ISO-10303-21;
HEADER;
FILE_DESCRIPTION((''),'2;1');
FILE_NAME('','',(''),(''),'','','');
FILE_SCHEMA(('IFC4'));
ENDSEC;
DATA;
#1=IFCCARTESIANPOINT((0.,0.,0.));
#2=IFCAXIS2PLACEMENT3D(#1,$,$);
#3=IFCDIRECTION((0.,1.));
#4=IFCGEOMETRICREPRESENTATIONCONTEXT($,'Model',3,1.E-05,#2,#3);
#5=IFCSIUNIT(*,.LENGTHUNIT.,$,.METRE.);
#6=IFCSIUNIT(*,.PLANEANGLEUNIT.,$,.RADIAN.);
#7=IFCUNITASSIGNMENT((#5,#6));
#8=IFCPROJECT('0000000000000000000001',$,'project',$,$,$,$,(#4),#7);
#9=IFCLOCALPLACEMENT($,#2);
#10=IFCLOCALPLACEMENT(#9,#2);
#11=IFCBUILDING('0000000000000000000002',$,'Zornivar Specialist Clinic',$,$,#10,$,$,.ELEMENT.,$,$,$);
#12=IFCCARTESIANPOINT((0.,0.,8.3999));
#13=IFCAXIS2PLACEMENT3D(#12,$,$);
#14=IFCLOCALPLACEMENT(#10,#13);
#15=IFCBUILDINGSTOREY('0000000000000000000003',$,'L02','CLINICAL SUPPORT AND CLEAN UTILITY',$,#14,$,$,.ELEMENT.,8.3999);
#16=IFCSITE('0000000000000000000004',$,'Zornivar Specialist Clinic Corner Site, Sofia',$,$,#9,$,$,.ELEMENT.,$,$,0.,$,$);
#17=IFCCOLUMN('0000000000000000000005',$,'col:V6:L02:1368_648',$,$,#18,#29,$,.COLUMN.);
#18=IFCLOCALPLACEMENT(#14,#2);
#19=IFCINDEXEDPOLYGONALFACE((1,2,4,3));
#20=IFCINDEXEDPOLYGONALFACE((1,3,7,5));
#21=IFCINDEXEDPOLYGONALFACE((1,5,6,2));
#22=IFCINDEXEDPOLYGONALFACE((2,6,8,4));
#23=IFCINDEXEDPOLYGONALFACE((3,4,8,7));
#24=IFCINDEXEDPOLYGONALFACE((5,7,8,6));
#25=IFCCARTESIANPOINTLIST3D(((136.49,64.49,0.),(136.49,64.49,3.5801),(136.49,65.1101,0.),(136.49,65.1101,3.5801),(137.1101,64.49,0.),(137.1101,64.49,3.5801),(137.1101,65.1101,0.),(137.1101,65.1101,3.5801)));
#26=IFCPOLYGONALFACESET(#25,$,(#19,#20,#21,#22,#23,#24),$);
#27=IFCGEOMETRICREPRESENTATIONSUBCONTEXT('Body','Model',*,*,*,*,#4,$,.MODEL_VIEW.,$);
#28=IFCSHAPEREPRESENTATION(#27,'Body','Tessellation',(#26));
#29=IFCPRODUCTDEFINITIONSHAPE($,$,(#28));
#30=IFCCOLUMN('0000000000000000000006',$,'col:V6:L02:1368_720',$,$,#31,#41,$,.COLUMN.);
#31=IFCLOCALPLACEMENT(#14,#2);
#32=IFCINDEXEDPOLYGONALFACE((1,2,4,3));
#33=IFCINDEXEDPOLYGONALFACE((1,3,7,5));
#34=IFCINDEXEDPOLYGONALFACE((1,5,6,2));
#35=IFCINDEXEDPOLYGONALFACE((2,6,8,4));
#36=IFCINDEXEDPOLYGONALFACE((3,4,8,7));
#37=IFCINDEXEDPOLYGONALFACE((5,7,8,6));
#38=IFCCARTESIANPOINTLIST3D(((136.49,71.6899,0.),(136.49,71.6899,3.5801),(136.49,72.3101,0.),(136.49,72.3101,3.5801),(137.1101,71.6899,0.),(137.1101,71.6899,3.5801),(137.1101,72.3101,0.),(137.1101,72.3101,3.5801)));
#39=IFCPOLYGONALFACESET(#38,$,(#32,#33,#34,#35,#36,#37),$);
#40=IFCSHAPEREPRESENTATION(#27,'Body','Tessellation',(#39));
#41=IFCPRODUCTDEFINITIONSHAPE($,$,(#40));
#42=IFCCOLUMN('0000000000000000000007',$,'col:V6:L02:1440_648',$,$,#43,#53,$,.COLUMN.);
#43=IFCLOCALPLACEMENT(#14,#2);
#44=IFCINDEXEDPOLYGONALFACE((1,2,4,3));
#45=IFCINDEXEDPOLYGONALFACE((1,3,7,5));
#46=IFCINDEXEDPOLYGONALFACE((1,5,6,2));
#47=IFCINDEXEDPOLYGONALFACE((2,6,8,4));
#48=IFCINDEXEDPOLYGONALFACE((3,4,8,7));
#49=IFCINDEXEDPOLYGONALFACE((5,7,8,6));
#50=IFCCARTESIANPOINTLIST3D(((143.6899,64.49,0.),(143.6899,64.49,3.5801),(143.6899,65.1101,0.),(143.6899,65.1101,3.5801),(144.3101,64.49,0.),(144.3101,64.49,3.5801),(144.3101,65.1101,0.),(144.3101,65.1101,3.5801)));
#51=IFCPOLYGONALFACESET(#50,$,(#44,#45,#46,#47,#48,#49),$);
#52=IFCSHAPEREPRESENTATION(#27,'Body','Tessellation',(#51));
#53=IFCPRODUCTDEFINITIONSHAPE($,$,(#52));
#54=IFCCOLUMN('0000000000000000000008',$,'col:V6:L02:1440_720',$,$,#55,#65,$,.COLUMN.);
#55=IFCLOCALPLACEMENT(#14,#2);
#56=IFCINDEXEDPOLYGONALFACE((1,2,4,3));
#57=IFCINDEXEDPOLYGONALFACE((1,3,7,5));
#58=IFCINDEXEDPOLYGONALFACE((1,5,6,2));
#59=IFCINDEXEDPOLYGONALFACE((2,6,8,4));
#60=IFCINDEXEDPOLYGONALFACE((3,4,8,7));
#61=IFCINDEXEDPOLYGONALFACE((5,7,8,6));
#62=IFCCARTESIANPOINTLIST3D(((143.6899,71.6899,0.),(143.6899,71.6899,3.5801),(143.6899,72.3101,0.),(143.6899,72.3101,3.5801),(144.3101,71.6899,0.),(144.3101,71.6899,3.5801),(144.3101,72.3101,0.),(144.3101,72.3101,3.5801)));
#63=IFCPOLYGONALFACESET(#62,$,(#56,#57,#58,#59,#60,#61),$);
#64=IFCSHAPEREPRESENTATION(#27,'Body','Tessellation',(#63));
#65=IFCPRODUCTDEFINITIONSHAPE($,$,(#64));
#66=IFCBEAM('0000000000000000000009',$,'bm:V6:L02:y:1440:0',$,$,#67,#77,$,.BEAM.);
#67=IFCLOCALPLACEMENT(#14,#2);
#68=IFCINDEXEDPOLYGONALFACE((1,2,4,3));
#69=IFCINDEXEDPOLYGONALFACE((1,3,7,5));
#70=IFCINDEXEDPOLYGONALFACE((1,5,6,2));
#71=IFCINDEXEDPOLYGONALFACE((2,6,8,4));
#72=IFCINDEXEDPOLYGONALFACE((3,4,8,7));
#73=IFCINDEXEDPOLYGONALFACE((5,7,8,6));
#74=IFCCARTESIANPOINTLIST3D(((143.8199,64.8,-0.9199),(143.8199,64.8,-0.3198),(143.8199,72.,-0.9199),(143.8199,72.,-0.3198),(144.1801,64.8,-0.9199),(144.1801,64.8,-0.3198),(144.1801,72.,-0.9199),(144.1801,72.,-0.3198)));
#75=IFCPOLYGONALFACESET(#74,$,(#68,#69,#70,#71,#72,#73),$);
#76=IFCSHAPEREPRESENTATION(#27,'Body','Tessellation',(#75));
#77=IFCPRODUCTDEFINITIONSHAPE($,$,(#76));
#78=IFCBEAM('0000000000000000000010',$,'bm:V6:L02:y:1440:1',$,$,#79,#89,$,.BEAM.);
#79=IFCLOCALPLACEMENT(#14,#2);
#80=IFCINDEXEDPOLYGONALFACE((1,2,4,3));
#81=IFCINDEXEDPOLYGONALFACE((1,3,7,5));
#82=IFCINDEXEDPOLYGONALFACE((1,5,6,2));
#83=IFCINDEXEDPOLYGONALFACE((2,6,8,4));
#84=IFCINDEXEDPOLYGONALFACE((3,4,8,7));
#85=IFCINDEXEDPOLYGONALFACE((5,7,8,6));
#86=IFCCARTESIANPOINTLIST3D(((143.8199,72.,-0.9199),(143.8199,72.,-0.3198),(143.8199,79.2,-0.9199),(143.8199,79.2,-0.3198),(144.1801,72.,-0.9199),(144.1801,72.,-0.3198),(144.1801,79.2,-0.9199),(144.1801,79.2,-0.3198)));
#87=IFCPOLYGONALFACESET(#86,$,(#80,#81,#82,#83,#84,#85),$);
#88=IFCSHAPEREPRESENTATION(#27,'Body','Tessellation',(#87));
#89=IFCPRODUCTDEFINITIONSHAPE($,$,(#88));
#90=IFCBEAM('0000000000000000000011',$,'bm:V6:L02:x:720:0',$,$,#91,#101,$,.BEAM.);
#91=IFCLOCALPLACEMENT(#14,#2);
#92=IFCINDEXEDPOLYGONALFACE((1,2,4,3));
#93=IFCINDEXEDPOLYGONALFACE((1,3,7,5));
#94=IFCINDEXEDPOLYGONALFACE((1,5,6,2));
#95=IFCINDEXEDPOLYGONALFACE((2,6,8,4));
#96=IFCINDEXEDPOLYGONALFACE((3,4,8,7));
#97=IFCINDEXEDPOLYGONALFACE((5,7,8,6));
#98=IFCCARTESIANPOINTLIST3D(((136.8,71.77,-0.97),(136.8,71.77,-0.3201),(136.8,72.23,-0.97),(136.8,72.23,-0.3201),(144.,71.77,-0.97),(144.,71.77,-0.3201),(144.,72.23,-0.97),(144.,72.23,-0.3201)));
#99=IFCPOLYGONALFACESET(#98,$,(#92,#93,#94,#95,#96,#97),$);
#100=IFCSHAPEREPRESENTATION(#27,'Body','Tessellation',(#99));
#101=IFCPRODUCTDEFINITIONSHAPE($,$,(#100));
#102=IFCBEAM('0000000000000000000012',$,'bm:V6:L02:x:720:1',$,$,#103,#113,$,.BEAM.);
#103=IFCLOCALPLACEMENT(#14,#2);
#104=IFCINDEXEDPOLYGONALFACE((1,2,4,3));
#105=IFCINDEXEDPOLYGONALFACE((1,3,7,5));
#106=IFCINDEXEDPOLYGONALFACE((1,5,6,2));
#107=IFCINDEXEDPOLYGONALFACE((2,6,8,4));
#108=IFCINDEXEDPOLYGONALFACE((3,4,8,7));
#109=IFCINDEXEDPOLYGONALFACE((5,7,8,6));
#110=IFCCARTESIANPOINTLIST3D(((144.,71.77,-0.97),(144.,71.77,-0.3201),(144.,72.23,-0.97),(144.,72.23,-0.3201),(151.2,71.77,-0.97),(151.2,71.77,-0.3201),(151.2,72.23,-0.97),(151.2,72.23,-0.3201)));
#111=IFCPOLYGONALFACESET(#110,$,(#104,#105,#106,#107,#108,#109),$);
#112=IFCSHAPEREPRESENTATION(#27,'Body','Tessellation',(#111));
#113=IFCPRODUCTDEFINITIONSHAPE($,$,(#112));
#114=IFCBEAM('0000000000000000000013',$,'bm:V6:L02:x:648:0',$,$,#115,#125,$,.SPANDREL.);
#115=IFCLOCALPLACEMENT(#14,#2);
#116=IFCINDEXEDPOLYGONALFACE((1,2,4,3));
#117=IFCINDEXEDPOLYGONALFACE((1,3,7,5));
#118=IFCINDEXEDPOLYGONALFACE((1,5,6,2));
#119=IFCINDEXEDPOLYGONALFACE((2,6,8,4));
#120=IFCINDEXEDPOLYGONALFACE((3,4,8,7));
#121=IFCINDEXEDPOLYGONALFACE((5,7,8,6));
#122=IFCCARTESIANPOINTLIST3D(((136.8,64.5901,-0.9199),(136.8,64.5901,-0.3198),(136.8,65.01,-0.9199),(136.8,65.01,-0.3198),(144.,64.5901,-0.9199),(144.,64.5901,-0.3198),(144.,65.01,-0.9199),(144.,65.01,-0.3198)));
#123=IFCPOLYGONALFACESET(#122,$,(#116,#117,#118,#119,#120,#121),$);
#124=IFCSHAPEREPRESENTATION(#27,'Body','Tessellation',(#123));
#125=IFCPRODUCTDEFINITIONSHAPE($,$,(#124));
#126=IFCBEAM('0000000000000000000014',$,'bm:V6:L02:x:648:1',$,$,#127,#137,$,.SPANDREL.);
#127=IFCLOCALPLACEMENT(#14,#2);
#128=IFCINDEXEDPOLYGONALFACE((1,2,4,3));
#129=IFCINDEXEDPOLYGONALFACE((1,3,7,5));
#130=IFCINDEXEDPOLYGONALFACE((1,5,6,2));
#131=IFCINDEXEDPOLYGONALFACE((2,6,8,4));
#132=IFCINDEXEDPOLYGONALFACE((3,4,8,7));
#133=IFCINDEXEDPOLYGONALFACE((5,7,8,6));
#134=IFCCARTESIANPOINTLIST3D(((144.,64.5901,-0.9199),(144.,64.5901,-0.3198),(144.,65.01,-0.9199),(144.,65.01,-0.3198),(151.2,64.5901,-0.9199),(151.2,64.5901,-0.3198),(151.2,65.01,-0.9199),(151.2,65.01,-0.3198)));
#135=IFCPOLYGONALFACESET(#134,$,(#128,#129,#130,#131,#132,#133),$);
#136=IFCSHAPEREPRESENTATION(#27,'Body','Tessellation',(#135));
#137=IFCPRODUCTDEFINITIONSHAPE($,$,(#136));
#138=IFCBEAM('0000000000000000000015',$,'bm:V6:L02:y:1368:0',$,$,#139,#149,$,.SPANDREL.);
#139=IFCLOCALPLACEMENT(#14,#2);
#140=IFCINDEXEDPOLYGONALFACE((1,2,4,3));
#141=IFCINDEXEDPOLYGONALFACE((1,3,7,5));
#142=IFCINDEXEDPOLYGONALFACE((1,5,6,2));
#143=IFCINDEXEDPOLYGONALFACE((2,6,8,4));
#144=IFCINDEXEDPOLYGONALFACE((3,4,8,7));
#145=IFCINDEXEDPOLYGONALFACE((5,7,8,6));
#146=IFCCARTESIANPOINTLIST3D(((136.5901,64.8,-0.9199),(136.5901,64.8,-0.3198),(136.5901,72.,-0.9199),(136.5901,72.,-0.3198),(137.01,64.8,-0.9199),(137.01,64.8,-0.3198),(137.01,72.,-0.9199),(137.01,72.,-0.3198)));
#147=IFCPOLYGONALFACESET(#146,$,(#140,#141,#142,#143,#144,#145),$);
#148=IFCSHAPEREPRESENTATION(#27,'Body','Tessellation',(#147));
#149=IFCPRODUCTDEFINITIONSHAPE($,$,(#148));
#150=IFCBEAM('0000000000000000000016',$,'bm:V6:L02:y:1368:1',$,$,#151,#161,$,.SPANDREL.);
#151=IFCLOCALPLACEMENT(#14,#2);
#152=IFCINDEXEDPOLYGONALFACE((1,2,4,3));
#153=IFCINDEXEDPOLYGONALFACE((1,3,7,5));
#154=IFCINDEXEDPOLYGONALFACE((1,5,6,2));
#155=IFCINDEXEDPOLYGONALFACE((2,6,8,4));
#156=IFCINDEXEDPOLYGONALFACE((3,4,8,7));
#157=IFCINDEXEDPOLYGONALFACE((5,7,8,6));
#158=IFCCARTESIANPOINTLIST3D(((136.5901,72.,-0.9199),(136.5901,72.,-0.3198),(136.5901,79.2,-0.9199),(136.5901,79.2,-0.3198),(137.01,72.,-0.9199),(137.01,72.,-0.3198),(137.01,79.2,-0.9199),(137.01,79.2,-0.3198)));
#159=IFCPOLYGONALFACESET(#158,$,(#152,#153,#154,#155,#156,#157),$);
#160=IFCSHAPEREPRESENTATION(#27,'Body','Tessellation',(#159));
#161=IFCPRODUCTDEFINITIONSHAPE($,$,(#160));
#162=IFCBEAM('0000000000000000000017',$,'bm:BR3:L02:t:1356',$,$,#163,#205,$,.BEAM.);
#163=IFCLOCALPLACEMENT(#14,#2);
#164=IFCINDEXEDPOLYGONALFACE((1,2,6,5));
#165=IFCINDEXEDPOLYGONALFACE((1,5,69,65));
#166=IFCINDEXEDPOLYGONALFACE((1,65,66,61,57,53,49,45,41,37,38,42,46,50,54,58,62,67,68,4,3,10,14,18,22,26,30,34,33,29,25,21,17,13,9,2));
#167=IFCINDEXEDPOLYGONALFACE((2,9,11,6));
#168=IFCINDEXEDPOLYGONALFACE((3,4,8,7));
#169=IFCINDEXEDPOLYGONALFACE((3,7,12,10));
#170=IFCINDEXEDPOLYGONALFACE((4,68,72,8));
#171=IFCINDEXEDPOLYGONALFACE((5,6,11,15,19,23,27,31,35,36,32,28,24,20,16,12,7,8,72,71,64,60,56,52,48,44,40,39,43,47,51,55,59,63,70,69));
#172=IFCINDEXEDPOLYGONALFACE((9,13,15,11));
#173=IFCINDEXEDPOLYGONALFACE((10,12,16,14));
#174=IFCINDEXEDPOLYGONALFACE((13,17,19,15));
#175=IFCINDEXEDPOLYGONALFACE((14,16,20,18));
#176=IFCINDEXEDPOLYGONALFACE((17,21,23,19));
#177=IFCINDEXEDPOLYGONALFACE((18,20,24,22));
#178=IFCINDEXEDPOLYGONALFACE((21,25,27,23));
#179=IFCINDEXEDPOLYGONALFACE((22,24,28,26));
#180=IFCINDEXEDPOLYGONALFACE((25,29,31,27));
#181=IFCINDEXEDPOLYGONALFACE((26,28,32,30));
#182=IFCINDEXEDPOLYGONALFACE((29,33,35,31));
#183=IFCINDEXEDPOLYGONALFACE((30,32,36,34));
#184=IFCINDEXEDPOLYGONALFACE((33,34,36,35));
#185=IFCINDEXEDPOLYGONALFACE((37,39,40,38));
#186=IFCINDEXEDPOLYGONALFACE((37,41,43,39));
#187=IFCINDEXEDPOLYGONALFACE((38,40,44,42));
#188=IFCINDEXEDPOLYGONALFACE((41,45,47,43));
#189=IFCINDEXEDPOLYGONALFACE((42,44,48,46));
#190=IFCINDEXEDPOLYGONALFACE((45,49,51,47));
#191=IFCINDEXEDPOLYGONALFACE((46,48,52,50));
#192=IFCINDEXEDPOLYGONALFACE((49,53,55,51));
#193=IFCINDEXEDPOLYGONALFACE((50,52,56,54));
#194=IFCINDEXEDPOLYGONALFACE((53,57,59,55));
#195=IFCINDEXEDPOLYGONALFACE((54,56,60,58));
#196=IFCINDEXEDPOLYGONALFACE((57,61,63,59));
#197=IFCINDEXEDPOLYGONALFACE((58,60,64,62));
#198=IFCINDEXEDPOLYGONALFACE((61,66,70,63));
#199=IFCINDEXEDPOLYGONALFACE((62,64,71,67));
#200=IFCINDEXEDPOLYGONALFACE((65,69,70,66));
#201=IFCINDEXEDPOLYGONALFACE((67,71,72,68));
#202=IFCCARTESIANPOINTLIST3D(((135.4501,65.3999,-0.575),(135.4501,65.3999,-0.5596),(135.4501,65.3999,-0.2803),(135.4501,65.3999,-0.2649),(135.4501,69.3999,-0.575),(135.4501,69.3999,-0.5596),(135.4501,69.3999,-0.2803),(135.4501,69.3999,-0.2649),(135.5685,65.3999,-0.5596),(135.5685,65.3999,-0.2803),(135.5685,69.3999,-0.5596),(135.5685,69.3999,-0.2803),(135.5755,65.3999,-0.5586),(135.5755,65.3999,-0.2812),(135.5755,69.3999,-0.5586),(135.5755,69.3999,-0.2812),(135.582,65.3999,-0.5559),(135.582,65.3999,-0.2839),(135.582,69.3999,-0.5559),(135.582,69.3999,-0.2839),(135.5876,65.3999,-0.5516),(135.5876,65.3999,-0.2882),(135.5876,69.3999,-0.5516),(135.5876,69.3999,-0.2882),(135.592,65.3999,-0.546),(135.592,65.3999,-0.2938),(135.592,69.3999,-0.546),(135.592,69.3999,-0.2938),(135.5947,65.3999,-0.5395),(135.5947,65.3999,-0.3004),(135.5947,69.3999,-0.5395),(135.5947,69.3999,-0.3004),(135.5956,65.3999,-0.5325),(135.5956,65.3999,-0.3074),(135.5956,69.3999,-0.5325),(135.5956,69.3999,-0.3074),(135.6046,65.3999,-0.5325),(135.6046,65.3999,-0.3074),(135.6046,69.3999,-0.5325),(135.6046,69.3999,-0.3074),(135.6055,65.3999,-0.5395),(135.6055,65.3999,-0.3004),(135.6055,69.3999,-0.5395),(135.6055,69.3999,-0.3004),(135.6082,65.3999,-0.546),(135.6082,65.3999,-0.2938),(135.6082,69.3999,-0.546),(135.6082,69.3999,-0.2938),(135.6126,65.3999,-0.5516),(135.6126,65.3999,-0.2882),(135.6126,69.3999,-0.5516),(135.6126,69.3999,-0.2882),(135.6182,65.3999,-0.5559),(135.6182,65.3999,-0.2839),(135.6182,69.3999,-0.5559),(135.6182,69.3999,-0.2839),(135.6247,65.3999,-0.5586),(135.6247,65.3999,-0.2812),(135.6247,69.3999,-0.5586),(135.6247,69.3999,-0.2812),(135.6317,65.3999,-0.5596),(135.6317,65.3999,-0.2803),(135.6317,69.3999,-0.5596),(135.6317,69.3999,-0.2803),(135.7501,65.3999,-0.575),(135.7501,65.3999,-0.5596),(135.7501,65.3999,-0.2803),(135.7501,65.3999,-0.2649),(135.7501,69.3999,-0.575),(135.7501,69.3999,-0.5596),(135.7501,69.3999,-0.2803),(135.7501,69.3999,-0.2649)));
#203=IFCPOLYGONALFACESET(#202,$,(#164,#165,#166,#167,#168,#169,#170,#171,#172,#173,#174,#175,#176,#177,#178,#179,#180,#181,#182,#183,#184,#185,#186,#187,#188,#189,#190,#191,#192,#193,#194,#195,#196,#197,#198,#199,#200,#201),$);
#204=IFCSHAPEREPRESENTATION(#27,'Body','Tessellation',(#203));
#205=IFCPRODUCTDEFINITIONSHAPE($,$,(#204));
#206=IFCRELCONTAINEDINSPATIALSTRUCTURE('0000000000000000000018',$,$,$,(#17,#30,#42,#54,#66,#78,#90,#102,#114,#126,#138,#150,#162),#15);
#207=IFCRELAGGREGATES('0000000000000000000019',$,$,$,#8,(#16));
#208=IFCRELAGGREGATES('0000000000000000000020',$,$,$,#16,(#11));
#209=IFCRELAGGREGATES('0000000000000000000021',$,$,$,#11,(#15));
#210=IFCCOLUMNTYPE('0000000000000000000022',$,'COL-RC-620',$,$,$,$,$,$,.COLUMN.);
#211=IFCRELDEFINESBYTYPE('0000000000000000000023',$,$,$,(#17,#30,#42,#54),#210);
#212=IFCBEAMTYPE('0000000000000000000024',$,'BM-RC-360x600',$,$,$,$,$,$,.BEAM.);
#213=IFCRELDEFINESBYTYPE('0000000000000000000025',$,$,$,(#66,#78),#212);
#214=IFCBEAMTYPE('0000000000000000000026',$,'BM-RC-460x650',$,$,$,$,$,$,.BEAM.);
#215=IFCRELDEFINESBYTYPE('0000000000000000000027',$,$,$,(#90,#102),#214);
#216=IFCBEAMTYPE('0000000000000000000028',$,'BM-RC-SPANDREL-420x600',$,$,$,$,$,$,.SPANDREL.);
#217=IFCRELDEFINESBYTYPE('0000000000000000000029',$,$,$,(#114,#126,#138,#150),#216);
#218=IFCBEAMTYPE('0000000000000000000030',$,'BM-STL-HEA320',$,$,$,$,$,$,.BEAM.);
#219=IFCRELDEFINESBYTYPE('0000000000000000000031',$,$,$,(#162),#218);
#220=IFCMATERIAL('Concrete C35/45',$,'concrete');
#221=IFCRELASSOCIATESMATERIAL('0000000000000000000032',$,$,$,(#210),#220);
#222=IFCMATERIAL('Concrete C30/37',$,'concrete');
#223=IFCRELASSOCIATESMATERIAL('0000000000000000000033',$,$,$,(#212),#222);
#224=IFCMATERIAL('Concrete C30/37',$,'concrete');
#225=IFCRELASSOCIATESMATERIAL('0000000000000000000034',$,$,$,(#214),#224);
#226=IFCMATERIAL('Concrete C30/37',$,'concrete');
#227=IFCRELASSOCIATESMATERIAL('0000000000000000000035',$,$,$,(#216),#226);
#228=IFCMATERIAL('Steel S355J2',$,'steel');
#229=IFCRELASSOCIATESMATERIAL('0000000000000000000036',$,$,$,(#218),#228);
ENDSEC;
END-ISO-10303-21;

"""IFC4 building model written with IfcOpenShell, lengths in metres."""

from ifc_helpers import new_model, si_unit, direction, frame, origin, origin_2d, place, context, subcontext, project, spatial, rectangle, i_section, extrude, material, material_profile, profile_set, type_object, element, save


model = new_model("IFC4")

# Units and contexts
model_context = context("Model", 3, precision=1e-05, world=origin(), true_north=direction((0.0, 1.0)))
body_context = subcontext(model_context, "Body", "Model", "MODEL_VIEW")
ifc_project = project(units=[si_unit("LENGTHUNIT", "METRE"), si_unit("PLANEANGLEUNIT", "RADIAN")], contexts=[model_context])

# Site, building, storey
site_placement = place(None, origin())
site = spatial("IfcSite", under=ifc_project, at=site_placement, Name="Zornivar Specialist Clinic Corner Site, Sofia", CompositionType="ELEMENT", RefElevation=0.0)
building_placement = place(site_placement, origin())
building = spatial("IfcBuilding", under=site, at=building_placement, Name="Zornivar Specialist Clinic", CompositionType="ELEMENT")
storey_placement = place(building_placement, frame((0.0, 0.0, 8.3999)))
storey = spatial("IfcBuildingStorey", under=building, at=storey_placement, Name="L02", Description="CLINICAL SUPPORT AND CLEAN UTILITY", CompositionType="ELEMENT", Elevation=8.3999)

# Columns
ifc_material_1 = material(Name="Concrete C35/45", Category="concrete")
ifc_material_profile_1 = material_profile(ifc_material_1, rectangle(XDim=0.6201, YDim=0.6201, at=origin_2d()), Name="RC 620x620")
ifc_profile_set_1 = profile_set([ifc_material_profile_1], Name="Concrete C35/45")
column_type = type_object("IfcColumnType", Name="COL-RC-620", PredefinedType="COLUMN", material=ifc_profile_set_1)
for number, where, z_axis, x_axis, name in (
    (1, (136.8, 64.8, 0.0), (0.0, 0.0, 1.0), (1.0, 0.0, 0.0), "col:V6:L02:1368_648"),
    (2, (136.8, 72.0, 0.0), (0.0, 0.0, 1.0), (1.0, 0.0, 0.0), "col:V6:L02:1368_720"),
    (3, (144.0, 64.8, 0.0), (0.0, 0.0, 1.0), (1.0, 0.0, 0.0), "col:V6:L02:1440_648"),
    (4, (144.0, 72.0, 0.0), (0.0, 0.0, 1.0), (1.0, 0.0, 0.0), "col:V6:L02:1440_720"),
):
    element("IfcColumn", number, at=place(storey_placement, frame(where, z_axis=z_axis, x_axis=x_axis)), inside=storey, type_object=column_type, Name=name, PredefinedType="COLUMN", context=body_context, shape_type="SweptSolid", body=[
        extrude(rectangle(XDim=0.6201, YDim=0.6201, at=origin_2d()), origin(), (0.0, 0.0, 1.0), 3.5801),
    ])

# Beams
ifc_material_2 = material(Name="Concrete C30/37", Category="concrete")
ifc_material_profile_2 = material_profile(ifc_material_2, rectangle(XDim=0.3601, YDim=0.6001, at=origin_2d()), Name="RC 360x600")
ifc_profile_set_2 = profile_set([ifc_material_profile_2], Name="Concrete C30/37")
beam_type_1 = type_object("IfcBeamType", Name="BM-RC-360x600", PredefinedType="BEAM", material=ifc_profile_set_2)
for number, where, z_axis, x_axis, name in (
    (5, (144.0, 64.8, -0.6199), (0.0, 1.0, 0.0), (-1.0, 0.0, 0.0), "bm:V6:L02:y:1440:0"),
    (6, (144.0, 72.0, -0.6199), (0.0, 1.0, 0.0), (-1.0, 0.0, 0.0), "bm:V6:L02:y:1440:1"),
):
    element("IfcBeam", number, at=place(storey_placement, frame(where, z_axis=z_axis, x_axis=x_axis)), inside=storey, type_object=beam_type_1, Name=name, PredefinedType="BEAM", context=body_context, shape_type="SweptSolid", body=[
        extrude(rectangle(XDim=0.3601, YDim=0.6001, at=origin_2d()), origin(), (0.0, 0.0, 1.0), 7.2),
    ])
ifc_material_3 = material(Name="Concrete C30/37", Category="concrete")
ifc_material_profile_3 = material_profile(ifc_material_3, rectangle(XDim=0.46, YDim=0.6499, at=origin_2d()), Name="RC 460x650")
ifc_profile_set_3 = profile_set([ifc_material_profile_3], Name="Concrete C30/37")
beam_type_2 = type_object("IfcBeamType", Name="BM-RC-460x650", PredefinedType="BEAM", material=ifc_profile_set_3)
for number, where, z_axis, x_axis, name in (
    (7, (136.8, 72.0, -0.645), (1.0, 0.0, 0.0), (0.0, 1.0, 0.0), "bm:V6:L02:x:720:0"),
    (8, (144.0, 72.0, -0.645), (1.0, 0.0, 0.0), (0.0, 1.0, 0.0), "bm:V6:L02:x:720:1"),
):
    element("IfcBeam", number, at=place(storey_placement, frame(where, z_axis=z_axis, x_axis=x_axis)), inside=storey, type_object=beam_type_2, Name=name, PredefinedType="BEAM", context=body_context, shape_type="SweptSolid", body=[
        extrude(rectangle(XDim=0.46, YDim=0.6499, at=origin_2d()), origin(), (0.0, 0.0, 1.0), 7.2),
    ])
ifc_material_4 = material(Name="Concrete C30/37", Category="concrete")
ifc_material_profile_4 = material_profile(ifc_material_4, rectangle(XDim=0.4199, YDim=0.6001, at=origin_2d()), Name="RC 420x600")
ifc_profile_set_4 = profile_set([ifc_material_profile_4], Name="Concrete C30/37")
beam_type_3 = type_object("IfcBeamType", Name="BM-RC-SPANDREL-420x600", PredefinedType="SPANDREL", material=ifc_profile_set_4)
for number, where, z_axis, x_axis, name in (
    (9, (136.8, 64.8, -0.6199), (1.0, 0.0, 0.0), (0.0, 1.0, 0.0), "bm:V6:L02:x:648:0"),
    (10, (144.0, 64.8, -0.6199), (1.0, 0.0, 0.0), (0.0, 1.0, 0.0), "bm:V6:L02:x:648:1"),
    (11, (136.8, 64.8, -0.6199), (0.0, 1.0, 0.0), (-1.0, 0.0, 0.0), "bm:V6:L02:y:1368:0"),
    (12, (136.8, 72.0, -0.6199), (0.0, 1.0, 0.0), (-1.0, 0.0, 0.0), "bm:V6:L02:y:1368:1"),
):
    element("IfcBeam", number, at=place(storey_placement, frame(where, z_axis=z_axis, x_axis=x_axis)), inside=storey, type_object=beam_type_3, Name=name, PredefinedType="SPANDREL", context=body_context, shape_type="SweptSolid", body=[
        extrude(rectangle(XDim=0.4199, YDim=0.6001, at=origin_2d()), origin(), (0.0, 0.0, 1.0), 7.2),
    ])
ifc_material_5 = material(Name="Steel S355J2", Category="steel")
ifc_material_profile_5 = material_profile(ifc_material_5, i_section(OverallWidth=0.3, OverallDepth=0.3101, WebThickness=0.009, FlangeThickness=0.0154, FilletRadius=0.0271, at=origin_2d()), Name="HEA 320")
ifc_profile_set_5 = profile_set([ifc_material_profile_5], Name="Steel S355J2")
beam_type_4 = type_object("IfcBeamType", Name="BM-STL-HEA320", PredefinedType="BEAM", material=ifc_profile_set_5)
beam_1_placement = place(storey_placement, frame((135.6001, 65.3999, -0.4199), z_axis=(0.0, 1.0, 0.0), x_axis=(-1.0, 0.0, 0.0)))
element("IfcBeam", 13, at=beam_1_placement, inside=storey, type_object=beam_type_4, Name="bm:BR3:L02:t:1356", PredefinedType="BEAM", context=body_context, shape_type="SweptSolid", body=[
    extrude(i_section(OverallWidth=0.3, OverallDepth=0.3101, WebThickness=0.009, FlangeThickness=0.0154, FilletRadius=0.0271, at=origin_2d()), origin(), (0.0, 0.0, 1.0), 4.0),
])

save(model, "model.ifc")
